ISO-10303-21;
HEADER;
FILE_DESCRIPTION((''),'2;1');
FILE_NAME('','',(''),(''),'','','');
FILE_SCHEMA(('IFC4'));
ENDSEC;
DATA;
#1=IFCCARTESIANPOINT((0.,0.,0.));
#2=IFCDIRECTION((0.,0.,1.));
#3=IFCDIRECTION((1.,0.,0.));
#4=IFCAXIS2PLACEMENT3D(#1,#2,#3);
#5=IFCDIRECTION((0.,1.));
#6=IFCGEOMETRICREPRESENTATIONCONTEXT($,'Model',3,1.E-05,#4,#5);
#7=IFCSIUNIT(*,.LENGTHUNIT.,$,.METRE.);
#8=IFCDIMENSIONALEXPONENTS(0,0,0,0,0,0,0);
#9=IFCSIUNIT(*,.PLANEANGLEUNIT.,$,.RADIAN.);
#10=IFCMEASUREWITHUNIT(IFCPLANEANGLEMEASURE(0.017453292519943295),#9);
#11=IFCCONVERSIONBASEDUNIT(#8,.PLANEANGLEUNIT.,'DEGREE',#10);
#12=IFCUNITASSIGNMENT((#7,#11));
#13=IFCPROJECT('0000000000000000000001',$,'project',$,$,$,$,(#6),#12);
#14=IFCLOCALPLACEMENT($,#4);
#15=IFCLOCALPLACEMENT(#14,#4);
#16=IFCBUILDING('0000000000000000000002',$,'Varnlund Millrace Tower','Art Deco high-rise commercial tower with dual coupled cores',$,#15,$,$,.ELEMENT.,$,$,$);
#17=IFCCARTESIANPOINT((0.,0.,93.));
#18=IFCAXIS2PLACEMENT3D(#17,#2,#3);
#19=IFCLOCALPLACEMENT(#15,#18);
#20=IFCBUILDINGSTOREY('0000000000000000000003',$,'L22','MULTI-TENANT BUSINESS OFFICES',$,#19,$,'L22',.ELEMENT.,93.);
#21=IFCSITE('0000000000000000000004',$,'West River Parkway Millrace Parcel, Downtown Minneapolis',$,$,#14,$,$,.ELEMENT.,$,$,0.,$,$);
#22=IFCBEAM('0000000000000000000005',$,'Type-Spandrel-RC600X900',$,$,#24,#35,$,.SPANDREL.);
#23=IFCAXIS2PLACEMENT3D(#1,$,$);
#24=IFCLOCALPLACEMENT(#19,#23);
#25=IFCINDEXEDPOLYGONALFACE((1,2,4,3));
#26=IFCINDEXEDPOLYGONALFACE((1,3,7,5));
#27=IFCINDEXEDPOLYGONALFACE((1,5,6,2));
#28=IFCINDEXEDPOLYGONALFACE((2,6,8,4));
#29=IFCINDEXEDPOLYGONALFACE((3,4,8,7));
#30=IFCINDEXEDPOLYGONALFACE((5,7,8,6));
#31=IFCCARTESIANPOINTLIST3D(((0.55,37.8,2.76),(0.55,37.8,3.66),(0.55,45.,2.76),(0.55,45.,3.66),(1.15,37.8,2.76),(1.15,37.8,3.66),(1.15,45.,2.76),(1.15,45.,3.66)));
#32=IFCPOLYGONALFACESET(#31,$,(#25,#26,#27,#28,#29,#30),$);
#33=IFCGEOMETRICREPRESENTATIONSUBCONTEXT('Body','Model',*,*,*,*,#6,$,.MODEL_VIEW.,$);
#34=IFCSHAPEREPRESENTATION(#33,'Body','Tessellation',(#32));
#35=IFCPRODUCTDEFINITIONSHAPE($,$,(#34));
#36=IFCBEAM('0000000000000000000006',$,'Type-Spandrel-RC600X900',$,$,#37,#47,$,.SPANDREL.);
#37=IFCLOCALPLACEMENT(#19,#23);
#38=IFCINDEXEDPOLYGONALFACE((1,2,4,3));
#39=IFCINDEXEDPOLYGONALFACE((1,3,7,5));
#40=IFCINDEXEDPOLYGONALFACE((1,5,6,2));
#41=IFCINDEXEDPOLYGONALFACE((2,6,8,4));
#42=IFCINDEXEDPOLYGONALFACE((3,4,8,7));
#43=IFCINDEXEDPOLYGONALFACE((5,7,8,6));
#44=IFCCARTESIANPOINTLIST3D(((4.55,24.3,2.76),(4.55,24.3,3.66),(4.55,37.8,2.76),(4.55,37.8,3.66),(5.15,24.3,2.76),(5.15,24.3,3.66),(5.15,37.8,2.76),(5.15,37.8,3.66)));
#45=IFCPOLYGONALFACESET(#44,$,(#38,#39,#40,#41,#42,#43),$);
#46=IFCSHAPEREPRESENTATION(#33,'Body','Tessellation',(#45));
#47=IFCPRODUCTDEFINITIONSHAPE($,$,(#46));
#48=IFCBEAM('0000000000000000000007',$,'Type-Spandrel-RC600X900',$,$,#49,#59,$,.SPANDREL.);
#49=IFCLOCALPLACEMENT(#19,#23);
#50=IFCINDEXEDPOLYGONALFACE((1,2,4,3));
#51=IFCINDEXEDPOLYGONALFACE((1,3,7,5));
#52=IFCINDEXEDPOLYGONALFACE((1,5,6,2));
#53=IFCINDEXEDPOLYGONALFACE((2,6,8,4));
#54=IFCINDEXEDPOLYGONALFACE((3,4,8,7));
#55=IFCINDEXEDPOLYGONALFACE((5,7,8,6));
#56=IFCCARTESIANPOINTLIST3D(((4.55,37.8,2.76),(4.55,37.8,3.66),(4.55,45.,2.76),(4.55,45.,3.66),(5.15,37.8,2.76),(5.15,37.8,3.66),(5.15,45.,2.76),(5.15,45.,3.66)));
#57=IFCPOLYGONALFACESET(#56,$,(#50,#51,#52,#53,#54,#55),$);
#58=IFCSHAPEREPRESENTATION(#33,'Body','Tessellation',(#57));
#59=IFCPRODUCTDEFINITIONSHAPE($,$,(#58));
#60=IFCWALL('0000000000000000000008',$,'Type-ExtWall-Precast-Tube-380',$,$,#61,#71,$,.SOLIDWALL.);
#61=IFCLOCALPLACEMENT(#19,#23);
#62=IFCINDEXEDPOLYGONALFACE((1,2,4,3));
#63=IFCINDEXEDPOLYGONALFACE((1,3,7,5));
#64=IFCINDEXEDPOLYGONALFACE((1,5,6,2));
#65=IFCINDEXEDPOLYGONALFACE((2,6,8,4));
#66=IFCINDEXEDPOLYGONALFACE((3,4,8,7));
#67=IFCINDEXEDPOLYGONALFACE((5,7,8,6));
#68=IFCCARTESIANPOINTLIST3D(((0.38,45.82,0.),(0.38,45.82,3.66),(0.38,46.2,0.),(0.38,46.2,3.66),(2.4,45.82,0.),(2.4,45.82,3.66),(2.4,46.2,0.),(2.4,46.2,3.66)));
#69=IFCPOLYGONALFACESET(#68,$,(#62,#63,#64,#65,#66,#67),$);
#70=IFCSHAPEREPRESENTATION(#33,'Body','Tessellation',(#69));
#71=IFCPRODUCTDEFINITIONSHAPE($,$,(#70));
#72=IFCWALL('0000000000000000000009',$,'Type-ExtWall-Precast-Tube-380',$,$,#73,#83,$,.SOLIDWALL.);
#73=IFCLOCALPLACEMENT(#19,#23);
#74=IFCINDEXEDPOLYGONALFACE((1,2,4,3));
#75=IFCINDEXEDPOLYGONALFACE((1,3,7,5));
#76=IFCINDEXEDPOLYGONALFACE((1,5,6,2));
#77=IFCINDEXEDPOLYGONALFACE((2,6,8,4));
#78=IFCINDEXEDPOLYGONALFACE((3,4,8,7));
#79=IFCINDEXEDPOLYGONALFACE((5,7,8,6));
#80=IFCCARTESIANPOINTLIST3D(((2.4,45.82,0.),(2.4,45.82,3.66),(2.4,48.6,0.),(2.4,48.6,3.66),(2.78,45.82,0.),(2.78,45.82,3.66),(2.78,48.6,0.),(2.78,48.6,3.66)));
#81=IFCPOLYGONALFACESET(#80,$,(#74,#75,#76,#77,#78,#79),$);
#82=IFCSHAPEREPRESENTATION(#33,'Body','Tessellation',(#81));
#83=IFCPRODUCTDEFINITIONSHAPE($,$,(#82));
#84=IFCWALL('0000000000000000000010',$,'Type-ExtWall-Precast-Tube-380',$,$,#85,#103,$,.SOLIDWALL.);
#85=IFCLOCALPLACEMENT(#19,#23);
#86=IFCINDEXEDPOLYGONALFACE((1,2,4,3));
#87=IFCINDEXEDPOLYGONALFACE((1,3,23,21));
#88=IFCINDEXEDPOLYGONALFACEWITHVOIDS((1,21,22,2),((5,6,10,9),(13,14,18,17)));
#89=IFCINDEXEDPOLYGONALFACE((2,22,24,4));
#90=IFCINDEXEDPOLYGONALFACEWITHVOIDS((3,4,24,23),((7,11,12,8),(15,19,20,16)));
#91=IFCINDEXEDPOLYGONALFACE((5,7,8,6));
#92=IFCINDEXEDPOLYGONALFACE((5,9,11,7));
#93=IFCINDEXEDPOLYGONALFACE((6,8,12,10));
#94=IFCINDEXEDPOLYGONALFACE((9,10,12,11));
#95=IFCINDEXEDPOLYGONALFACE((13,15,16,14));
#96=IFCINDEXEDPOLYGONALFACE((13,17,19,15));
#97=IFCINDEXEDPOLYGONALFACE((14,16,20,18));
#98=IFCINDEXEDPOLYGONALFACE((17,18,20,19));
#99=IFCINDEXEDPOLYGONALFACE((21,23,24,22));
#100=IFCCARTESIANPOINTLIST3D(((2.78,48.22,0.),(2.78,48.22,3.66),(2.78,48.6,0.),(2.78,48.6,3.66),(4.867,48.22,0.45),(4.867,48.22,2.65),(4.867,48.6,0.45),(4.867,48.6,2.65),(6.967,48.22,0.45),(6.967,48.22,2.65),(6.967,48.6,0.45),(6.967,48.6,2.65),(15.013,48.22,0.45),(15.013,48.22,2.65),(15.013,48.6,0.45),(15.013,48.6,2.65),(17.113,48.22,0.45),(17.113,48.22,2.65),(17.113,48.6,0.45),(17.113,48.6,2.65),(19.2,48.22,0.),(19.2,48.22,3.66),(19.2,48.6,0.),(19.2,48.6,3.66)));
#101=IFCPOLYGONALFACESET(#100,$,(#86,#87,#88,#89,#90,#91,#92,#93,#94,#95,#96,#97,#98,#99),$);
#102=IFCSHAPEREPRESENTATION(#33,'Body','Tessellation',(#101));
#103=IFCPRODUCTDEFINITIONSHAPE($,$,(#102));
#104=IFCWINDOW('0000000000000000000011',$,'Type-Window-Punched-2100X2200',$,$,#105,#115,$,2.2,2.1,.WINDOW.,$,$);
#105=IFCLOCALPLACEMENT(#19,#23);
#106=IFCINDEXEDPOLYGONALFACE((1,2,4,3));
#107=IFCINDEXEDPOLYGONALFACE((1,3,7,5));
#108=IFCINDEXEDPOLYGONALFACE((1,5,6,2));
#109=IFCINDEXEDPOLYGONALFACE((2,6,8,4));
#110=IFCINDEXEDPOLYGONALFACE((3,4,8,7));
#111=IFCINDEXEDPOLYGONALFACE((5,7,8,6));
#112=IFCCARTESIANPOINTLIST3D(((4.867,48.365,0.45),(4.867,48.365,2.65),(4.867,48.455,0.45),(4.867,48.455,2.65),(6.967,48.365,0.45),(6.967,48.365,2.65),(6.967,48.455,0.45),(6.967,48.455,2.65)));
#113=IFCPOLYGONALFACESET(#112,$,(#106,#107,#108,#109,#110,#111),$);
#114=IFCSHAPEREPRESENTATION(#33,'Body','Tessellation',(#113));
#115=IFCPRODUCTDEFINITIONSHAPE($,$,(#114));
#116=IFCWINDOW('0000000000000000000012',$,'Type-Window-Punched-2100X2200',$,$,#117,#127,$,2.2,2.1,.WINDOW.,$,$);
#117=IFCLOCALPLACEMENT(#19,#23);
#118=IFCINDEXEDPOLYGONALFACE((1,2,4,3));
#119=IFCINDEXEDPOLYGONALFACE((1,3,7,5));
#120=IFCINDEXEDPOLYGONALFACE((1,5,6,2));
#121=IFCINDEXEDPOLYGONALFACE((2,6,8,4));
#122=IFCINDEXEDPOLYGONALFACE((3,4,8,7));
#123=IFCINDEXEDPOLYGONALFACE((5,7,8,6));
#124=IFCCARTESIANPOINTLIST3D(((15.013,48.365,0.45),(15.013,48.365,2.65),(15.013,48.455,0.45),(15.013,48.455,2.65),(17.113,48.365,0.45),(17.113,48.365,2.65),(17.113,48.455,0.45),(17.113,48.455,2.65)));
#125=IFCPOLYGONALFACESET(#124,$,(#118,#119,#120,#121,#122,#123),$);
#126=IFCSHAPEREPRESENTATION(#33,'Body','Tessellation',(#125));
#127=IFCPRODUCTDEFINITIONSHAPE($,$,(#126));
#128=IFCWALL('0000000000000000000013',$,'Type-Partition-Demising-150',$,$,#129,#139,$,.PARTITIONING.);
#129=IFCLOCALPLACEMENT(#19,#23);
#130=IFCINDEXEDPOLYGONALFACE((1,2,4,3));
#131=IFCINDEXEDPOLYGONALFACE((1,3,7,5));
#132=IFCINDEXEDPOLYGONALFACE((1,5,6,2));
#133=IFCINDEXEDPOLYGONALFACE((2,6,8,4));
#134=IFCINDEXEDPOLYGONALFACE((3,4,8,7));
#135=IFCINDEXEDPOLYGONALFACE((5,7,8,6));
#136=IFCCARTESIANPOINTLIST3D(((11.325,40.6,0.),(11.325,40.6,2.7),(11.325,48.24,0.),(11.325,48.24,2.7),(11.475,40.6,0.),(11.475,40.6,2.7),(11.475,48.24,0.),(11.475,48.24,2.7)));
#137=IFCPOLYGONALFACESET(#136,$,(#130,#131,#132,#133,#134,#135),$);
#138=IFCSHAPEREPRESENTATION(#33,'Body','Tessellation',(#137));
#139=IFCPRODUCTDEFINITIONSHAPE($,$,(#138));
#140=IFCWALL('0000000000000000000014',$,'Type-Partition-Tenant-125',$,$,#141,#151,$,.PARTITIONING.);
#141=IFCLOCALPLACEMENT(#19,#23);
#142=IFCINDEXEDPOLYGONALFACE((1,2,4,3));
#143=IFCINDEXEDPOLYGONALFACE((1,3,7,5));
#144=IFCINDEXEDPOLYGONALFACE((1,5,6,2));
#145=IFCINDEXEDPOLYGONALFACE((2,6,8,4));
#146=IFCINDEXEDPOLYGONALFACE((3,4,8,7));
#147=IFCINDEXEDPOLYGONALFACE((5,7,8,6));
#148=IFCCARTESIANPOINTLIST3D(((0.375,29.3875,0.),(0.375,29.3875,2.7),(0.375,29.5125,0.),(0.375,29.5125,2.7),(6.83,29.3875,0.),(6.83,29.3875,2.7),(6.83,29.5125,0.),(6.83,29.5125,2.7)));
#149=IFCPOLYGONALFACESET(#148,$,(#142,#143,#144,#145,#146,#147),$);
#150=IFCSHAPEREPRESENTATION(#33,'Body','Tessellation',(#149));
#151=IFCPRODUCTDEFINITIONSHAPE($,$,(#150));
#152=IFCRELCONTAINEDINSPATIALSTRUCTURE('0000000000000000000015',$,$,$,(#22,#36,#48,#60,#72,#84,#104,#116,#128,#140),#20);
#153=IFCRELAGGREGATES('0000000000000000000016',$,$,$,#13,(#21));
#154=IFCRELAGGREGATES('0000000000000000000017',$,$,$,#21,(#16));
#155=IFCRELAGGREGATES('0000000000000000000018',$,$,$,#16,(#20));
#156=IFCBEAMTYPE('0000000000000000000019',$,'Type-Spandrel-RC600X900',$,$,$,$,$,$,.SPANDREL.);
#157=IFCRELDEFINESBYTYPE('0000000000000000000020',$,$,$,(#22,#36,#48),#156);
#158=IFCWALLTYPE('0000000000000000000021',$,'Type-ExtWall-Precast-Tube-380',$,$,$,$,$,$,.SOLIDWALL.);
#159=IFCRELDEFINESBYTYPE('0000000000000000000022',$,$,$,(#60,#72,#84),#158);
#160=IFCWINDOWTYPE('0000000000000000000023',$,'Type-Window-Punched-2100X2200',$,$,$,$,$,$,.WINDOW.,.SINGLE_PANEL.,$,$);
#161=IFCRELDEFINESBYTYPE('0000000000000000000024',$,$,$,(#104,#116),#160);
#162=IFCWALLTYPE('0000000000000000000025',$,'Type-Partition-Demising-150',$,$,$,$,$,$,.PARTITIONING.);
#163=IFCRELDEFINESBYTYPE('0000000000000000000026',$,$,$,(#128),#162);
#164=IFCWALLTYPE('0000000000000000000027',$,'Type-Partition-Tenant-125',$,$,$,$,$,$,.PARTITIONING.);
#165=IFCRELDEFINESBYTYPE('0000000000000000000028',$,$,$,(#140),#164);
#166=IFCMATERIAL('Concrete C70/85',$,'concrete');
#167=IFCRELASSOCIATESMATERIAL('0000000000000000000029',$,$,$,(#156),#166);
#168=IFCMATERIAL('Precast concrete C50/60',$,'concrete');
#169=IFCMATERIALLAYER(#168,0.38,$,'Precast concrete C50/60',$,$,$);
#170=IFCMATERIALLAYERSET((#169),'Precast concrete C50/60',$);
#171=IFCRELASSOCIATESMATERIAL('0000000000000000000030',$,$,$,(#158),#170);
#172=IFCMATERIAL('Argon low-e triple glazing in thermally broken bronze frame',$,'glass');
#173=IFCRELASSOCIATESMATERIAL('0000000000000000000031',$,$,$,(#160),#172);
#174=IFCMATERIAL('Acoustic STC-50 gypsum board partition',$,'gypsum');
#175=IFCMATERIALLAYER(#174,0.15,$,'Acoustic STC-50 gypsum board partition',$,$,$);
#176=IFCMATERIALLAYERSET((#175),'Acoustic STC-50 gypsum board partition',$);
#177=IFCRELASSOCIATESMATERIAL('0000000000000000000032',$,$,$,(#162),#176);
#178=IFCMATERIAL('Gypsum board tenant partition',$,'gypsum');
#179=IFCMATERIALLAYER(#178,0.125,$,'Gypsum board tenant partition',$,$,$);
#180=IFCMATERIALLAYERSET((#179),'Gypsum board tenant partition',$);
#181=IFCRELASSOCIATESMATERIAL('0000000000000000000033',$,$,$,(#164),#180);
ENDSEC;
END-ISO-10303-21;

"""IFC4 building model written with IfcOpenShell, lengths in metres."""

from ifc_helpers import new_model, entity, si_unit, converted_unit, direction, frame, origin_with_axes, origin_2d_with_axis, place, context, subcontext, project, spatial, polyline, rectangle, outline, extrude, material, layer, layer_set, material_profile, profile_set, type_object, element, fill, save


model = new_model("IFC4")

# Units and contexts
model_context = context("Model", 3, precision=1e-05, world=origin_with_axes(), true_north=direction((0.0, 1.0)))
body_context = subcontext(model_context, "Body", "Model", "MODEL_VIEW")
ifc_project = project(units=[si_unit("LENGTHUNIT", "METRE"), converted_unit("PLANEANGLEUNIT", "DEGREE", entity("IfcPlaneAngleMeasure", 0.017453292519943295), si_unit("PLANEANGLEUNIT", "RADIAN"), dimensions=[0, 0, 0, 0, 0, 0, 0])], contexts=[model_context])

# Site, building, storey
site_placement = place(None, origin_with_axes())
site = spatial("IfcSite", under=ifc_project, at=site_placement, Name="West River Parkway Millrace Parcel, Downtown Minneapolis", CompositionType="ELEMENT", RefElevation=0.0)
building_placement = place(site_placement, origin_with_axes())
building = spatial("IfcBuilding", under=site, at=building_placement, Name="Varnlund Millrace Tower", Description="Art Deco high-rise commercial tower with dual coupled cores", CompositionType="ELEMENT")
storey_placement = place(building_placement, frame((0.0, 0.0, 93.0), z_axis=(0.0, 0.0, 1.0), x_axis=(1.0, 0.0, 0.0)))
storey = spatial("IfcBuildingStorey", under=building, at=storey_placement, Name="L22", Description="MULTI-TENANT BUSINESS OFFICES", LongName="L22", CompositionType="ELEMENT", Elevation=93.0)

# Beams
ifc_material_1 = material(Name="Concrete C70/85", Category="concrete")
ifc_material_profile_1 = material_profile(ifc_material_1, rectangle(XDim=0.6, YDim=0.9, at=origin_2d_with_axis()), Name="Concrete C70/85")
ifc_profile_set_1 = profile_set([ifc_material_profile_1], Name="Concrete C70/85")
beam_type_1 = type_object("IfcBeamType", Name="Type-Spandrel-RC600X900", PredefinedType="SPANDREL", material=ifc_profile_set_1)
beam_1_placement = place(storey_placement, frame((0.85, 37.8, 3.21), z_axis=(0.0, 1.0, 0.0), x_axis=(-1.0, 0.0, 0.0)))
element("IfcBeam", 1, at=beam_1_placement, inside=storey, type_object=beam_type_1, Name="Type-Spandrel-RC600X900", PredefinedType="SPANDREL", context=body_context, shape_type="SweptSolid", body=[
    extrude(rectangle(XDim=0.6, YDim=0.9, at=origin_2d_with_axis()), origin_with_axes(), (0.0, 0.0, 1.0), 7.2),
])
beam_2_placement = place(storey_placement, frame((4.85, 24.3, 3.21), z_axis=(0.0, 1.0, 0.0), x_axis=(-1.0, 0.0, 0.0)))
element("IfcBeam", 2, at=beam_2_placement, inside=storey, type_object=beam_type_1, Name="Type-Spandrel-RC600X900", PredefinedType="SPANDREL", context=body_context, shape_type="SweptSolid", body=[
    extrude(rectangle(XDim=0.6, YDim=0.9, at=origin_2d_with_axis()), origin_with_axes(), (0.0, 0.0, 1.0), 13.5),
])
beam_3_placement = place(storey_placement, frame((4.85, 37.8, 3.21), z_axis=(0.0, 1.0, 0.0), x_axis=(-1.0, 0.0, 0.0)))
element("IfcBeam", 3, at=beam_3_placement, inside=storey, type_object=beam_type_1, Name="Type-Spandrel-RC600X900", PredefinedType="SPANDREL", context=body_context, shape_type="SweptSolid", body=[
    extrude(rectangle(XDim=0.6, YDim=0.9, at=origin_2d_with_axis()), origin_with_axes(), (0.0, 0.0, 1.0), 7.2),
])

# Walls
ifc_material_2 = material(Name="Precast concrete C50/60", Category="concrete")
ifc_layer_1 = layer(ifc_material_2, 0.38, Name="Precast concrete C50/60")
ifc_layer_set_1 = layer_set([ifc_layer_1], Name="Precast concrete C50/60")
wall_type_1 = type_object("IfcWallType", Name="Type-ExtWall-Precast-Tube-380", PredefinedType="SOLIDWALL", material=ifc_layer_set_1)
wall_1_placement = place(storey_placement, frame((0.38, 46.01, 0.0), z_axis=(0.0, 0.0, 1.0), x_axis=(1.0, 0.0, 0.0)))
element("IfcWall", 4, at=wall_1_placement, inside=storey, type_object=wall_type_1, Name="Type-ExtWall-Precast-Tube-380", PredefinedType="SOLIDWALL", context=body_context, shape_type="SweptSolid", body=[
    extrude(outline(polyline([(0.0, -0.19), (2.02, -0.19), (2.02, 0.19), (0.0, 0.19), (0.0, -0.19)])), origin_with_axes(), (0.0, 0.0, 1.0), 3.66),
])
wall_2_placement = place(storey_placement, frame((2.59, 45.82, 0.0), z_axis=(0.0, 0.0, 1.0), x_axis=(0.0, 1.0, 0.0)))
element("IfcWall", 5, at=wall_2_placement, inside=storey, type_object=wall_type_1, Name="Type-ExtWall-Precast-Tube-380", PredefinedType="SOLIDWALL", context=body_context, shape_type="SweptSolid", body=[
    extrude(outline(polyline([(0.0, -0.19), (2.78, -0.19), (2.78, 0.19), (0.0, 0.19), (0.0, -0.19)])), origin_with_axes(), (0.0, 0.0, 1.0), 3.66),
])

# Wall, openings, windows
wall_3_placement = place(storey_placement, frame((2.78, 48.41, 0.0), z_axis=(0.0, 0.0, 1.0), x_axis=(1.0, 0.0, 0.0)))
wall_3 = element("IfcWall", 6, at=wall_3_placement, inside=storey, type_object=wall_type_1, Name="Type-ExtWall-Precast-Tube-380", PredefinedType="SOLIDWALL", context=body_context, shape_type="SweptSolid", body=[
    extrude(outline(polyline([(0.0, -0.19), (16.42, -0.19), (16.42, 0.19), (0.0, 0.19), (0.0, -0.19)])), origin_with_axes(), (0.0, 0.0, 1.0), 3.66),
])
opening_1_placement = place(wall_3_placement, frame((3.137, 0.0, 0.45), z_axis=(0.0, 0.0, 1.0), x_axis=(1.0, 0.0, 0.0)))
opening_1 = element("IfcOpeningElement", 7, at=opening_1_placement, cuts=wall_3, PredefinedType="OPENING", context=body_context, shape_type="SweptSolid", body=[
    extrude(rectangle(XDim=2.1, YDim=0.4, at=origin_2d_with_axis()), origin_with_axes(), (0.0, 0.0, 1.0), 2.2),
])
opening_2_placement = place(wall_3_placement, frame((13.283, 0.0, 0.45), z_axis=(0.0, 0.0, 1.0), x_axis=(1.0, 0.0, 0.0)))
opening_2 = element("IfcOpeningElement", 8, at=opening_2_placement, cuts=wall_3, PredefinedType="OPENING", context=body_context, shape_type="SweptSolid", body=[
    extrude(rectangle(XDim=2.1, YDim=0.4, at=origin_2d_with_axis()), origin_with_axes(), (0.0, 0.0, 1.0), 2.2),
])
ifc_material_3 = material(Name="Argon low-e triple glazing in thermally broken bronze frame", Category="glass")
window_type = type_object("IfcWindowType", Name="Type-Window-Punched-2100X2200", PartitioningType="SINGLE_PANEL", PredefinedType="WINDOW", material=ifc_material_3)
window_1_placement = place(wall_3_placement, frame((3.137, 0.0, 0.45), z_axis=(0.0, 0.0, 1.0), x_axis=(1.0, 0.0, 0.0)))
window_1 = element("IfcWindow", 9, at=window_1_placement, inside=storey, type_object=window_type, Name="Type-Window-Punched-2100X2200", OverallHeight=2.2, OverallWidth=2.1, PredefinedType="WINDOW", context=body_context, shape_type="SweptSolid", body=[
    extrude(rectangle(XDim=2.1, YDim=0.09, at=origin_2d_with_axis()), origin_with_axes(), (0.0, 0.0, 1.0), 2.2),
])
fill(opening_1, window_1)
window_2_placement = place(wall_3_placement, frame((13.283, 0.0, 0.45), z_axis=(0.0, 0.0, 1.0), x_axis=(1.0, 0.0, 0.0)))
window_2 = element("IfcWindow", 10, at=window_2_placement, inside=storey, type_object=window_type, Name="Type-Window-Punched-2100X2200", OverallHeight=2.2, OverallWidth=2.1, PredefinedType="WINDOW", context=body_context, shape_type="SweptSolid", body=[
    extrude(rectangle(XDim=2.1, YDim=0.09, at=origin_2d_with_axis()), origin_with_axes(), (0.0, 0.0, 1.0), 2.2),
])
fill(opening_2, window_2)

# Walls
ifc_material_4 = material(Name="Acoustic STC-50 gypsum board partition", Category="gypsum")
ifc_layer_2 = layer(ifc_material_4, 0.15, Name="Acoustic STC-50 gypsum board partition")
ifc_layer_set_2 = layer_set([ifc_layer_2], Name="Acoustic STC-50 gypsum board partition")
wall_type_2 = type_object("IfcWallType", Name="Type-Partition-Demising-150", PredefinedType="PARTITIONING", material=ifc_layer_set_2)
wall_4_placement = place(storey_placement, frame((11.4, 40.6, 0.0), z_axis=(0.0, 0.0, 1.0), x_axis=(0.0, 1.0, 0.0)))
element("IfcWall", 11, at=wall_4_placement, inside=storey, type_object=wall_type_2, Name="Type-Partition-Demising-150", PredefinedType="PARTITIONING", context=body_context, shape_type="SweptSolid", body=[
    extrude(outline(polyline([(0.0, -0.075), (7.64, -0.075), (7.64, 0.075), (0.0, 0.075), (0.0, -0.075)])), origin_with_axes(), (0.0, 0.0, 1.0), 2.7),
])
ifc_material_5 = material(Name="Gypsum board tenant partition", Category="gypsum")
ifc_layer_3 = layer(ifc_material_5, 0.125, Name="Gypsum board tenant partition")
ifc_layer_set_3 = layer_set([ifc_layer_3], Name="Gypsum board tenant partition")
wall_type_3 = type_object("IfcWallType", Name="Type-Partition-Tenant-125", PredefinedType="PARTITIONING", material=ifc_layer_set_3)
wall_5_placement = place(storey_placement, frame((0.375, 29.45, 0.0), z_axis=(0.0, 0.0, 1.0), x_axis=(1.0, 0.0, 0.0)))
element("IfcWall", 12, at=wall_5_placement, inside=storey, type_object=wall_type_3, Name="Type-Partition-Tenant-125", PredefinedType="PARTITIONING", context=body_context, shape_type="SweptSolid", body=[
    extrude(outline(polyline([(0.0, -0.0625), (6.455, -0.0625), (6.455, 0.0625), (0.0, 0.0625), (0.0, -0.0625)])), origin_with_axes(), (0.0, 0.0, 1.0), 2.7),
])

save(model, "model.ifc")
